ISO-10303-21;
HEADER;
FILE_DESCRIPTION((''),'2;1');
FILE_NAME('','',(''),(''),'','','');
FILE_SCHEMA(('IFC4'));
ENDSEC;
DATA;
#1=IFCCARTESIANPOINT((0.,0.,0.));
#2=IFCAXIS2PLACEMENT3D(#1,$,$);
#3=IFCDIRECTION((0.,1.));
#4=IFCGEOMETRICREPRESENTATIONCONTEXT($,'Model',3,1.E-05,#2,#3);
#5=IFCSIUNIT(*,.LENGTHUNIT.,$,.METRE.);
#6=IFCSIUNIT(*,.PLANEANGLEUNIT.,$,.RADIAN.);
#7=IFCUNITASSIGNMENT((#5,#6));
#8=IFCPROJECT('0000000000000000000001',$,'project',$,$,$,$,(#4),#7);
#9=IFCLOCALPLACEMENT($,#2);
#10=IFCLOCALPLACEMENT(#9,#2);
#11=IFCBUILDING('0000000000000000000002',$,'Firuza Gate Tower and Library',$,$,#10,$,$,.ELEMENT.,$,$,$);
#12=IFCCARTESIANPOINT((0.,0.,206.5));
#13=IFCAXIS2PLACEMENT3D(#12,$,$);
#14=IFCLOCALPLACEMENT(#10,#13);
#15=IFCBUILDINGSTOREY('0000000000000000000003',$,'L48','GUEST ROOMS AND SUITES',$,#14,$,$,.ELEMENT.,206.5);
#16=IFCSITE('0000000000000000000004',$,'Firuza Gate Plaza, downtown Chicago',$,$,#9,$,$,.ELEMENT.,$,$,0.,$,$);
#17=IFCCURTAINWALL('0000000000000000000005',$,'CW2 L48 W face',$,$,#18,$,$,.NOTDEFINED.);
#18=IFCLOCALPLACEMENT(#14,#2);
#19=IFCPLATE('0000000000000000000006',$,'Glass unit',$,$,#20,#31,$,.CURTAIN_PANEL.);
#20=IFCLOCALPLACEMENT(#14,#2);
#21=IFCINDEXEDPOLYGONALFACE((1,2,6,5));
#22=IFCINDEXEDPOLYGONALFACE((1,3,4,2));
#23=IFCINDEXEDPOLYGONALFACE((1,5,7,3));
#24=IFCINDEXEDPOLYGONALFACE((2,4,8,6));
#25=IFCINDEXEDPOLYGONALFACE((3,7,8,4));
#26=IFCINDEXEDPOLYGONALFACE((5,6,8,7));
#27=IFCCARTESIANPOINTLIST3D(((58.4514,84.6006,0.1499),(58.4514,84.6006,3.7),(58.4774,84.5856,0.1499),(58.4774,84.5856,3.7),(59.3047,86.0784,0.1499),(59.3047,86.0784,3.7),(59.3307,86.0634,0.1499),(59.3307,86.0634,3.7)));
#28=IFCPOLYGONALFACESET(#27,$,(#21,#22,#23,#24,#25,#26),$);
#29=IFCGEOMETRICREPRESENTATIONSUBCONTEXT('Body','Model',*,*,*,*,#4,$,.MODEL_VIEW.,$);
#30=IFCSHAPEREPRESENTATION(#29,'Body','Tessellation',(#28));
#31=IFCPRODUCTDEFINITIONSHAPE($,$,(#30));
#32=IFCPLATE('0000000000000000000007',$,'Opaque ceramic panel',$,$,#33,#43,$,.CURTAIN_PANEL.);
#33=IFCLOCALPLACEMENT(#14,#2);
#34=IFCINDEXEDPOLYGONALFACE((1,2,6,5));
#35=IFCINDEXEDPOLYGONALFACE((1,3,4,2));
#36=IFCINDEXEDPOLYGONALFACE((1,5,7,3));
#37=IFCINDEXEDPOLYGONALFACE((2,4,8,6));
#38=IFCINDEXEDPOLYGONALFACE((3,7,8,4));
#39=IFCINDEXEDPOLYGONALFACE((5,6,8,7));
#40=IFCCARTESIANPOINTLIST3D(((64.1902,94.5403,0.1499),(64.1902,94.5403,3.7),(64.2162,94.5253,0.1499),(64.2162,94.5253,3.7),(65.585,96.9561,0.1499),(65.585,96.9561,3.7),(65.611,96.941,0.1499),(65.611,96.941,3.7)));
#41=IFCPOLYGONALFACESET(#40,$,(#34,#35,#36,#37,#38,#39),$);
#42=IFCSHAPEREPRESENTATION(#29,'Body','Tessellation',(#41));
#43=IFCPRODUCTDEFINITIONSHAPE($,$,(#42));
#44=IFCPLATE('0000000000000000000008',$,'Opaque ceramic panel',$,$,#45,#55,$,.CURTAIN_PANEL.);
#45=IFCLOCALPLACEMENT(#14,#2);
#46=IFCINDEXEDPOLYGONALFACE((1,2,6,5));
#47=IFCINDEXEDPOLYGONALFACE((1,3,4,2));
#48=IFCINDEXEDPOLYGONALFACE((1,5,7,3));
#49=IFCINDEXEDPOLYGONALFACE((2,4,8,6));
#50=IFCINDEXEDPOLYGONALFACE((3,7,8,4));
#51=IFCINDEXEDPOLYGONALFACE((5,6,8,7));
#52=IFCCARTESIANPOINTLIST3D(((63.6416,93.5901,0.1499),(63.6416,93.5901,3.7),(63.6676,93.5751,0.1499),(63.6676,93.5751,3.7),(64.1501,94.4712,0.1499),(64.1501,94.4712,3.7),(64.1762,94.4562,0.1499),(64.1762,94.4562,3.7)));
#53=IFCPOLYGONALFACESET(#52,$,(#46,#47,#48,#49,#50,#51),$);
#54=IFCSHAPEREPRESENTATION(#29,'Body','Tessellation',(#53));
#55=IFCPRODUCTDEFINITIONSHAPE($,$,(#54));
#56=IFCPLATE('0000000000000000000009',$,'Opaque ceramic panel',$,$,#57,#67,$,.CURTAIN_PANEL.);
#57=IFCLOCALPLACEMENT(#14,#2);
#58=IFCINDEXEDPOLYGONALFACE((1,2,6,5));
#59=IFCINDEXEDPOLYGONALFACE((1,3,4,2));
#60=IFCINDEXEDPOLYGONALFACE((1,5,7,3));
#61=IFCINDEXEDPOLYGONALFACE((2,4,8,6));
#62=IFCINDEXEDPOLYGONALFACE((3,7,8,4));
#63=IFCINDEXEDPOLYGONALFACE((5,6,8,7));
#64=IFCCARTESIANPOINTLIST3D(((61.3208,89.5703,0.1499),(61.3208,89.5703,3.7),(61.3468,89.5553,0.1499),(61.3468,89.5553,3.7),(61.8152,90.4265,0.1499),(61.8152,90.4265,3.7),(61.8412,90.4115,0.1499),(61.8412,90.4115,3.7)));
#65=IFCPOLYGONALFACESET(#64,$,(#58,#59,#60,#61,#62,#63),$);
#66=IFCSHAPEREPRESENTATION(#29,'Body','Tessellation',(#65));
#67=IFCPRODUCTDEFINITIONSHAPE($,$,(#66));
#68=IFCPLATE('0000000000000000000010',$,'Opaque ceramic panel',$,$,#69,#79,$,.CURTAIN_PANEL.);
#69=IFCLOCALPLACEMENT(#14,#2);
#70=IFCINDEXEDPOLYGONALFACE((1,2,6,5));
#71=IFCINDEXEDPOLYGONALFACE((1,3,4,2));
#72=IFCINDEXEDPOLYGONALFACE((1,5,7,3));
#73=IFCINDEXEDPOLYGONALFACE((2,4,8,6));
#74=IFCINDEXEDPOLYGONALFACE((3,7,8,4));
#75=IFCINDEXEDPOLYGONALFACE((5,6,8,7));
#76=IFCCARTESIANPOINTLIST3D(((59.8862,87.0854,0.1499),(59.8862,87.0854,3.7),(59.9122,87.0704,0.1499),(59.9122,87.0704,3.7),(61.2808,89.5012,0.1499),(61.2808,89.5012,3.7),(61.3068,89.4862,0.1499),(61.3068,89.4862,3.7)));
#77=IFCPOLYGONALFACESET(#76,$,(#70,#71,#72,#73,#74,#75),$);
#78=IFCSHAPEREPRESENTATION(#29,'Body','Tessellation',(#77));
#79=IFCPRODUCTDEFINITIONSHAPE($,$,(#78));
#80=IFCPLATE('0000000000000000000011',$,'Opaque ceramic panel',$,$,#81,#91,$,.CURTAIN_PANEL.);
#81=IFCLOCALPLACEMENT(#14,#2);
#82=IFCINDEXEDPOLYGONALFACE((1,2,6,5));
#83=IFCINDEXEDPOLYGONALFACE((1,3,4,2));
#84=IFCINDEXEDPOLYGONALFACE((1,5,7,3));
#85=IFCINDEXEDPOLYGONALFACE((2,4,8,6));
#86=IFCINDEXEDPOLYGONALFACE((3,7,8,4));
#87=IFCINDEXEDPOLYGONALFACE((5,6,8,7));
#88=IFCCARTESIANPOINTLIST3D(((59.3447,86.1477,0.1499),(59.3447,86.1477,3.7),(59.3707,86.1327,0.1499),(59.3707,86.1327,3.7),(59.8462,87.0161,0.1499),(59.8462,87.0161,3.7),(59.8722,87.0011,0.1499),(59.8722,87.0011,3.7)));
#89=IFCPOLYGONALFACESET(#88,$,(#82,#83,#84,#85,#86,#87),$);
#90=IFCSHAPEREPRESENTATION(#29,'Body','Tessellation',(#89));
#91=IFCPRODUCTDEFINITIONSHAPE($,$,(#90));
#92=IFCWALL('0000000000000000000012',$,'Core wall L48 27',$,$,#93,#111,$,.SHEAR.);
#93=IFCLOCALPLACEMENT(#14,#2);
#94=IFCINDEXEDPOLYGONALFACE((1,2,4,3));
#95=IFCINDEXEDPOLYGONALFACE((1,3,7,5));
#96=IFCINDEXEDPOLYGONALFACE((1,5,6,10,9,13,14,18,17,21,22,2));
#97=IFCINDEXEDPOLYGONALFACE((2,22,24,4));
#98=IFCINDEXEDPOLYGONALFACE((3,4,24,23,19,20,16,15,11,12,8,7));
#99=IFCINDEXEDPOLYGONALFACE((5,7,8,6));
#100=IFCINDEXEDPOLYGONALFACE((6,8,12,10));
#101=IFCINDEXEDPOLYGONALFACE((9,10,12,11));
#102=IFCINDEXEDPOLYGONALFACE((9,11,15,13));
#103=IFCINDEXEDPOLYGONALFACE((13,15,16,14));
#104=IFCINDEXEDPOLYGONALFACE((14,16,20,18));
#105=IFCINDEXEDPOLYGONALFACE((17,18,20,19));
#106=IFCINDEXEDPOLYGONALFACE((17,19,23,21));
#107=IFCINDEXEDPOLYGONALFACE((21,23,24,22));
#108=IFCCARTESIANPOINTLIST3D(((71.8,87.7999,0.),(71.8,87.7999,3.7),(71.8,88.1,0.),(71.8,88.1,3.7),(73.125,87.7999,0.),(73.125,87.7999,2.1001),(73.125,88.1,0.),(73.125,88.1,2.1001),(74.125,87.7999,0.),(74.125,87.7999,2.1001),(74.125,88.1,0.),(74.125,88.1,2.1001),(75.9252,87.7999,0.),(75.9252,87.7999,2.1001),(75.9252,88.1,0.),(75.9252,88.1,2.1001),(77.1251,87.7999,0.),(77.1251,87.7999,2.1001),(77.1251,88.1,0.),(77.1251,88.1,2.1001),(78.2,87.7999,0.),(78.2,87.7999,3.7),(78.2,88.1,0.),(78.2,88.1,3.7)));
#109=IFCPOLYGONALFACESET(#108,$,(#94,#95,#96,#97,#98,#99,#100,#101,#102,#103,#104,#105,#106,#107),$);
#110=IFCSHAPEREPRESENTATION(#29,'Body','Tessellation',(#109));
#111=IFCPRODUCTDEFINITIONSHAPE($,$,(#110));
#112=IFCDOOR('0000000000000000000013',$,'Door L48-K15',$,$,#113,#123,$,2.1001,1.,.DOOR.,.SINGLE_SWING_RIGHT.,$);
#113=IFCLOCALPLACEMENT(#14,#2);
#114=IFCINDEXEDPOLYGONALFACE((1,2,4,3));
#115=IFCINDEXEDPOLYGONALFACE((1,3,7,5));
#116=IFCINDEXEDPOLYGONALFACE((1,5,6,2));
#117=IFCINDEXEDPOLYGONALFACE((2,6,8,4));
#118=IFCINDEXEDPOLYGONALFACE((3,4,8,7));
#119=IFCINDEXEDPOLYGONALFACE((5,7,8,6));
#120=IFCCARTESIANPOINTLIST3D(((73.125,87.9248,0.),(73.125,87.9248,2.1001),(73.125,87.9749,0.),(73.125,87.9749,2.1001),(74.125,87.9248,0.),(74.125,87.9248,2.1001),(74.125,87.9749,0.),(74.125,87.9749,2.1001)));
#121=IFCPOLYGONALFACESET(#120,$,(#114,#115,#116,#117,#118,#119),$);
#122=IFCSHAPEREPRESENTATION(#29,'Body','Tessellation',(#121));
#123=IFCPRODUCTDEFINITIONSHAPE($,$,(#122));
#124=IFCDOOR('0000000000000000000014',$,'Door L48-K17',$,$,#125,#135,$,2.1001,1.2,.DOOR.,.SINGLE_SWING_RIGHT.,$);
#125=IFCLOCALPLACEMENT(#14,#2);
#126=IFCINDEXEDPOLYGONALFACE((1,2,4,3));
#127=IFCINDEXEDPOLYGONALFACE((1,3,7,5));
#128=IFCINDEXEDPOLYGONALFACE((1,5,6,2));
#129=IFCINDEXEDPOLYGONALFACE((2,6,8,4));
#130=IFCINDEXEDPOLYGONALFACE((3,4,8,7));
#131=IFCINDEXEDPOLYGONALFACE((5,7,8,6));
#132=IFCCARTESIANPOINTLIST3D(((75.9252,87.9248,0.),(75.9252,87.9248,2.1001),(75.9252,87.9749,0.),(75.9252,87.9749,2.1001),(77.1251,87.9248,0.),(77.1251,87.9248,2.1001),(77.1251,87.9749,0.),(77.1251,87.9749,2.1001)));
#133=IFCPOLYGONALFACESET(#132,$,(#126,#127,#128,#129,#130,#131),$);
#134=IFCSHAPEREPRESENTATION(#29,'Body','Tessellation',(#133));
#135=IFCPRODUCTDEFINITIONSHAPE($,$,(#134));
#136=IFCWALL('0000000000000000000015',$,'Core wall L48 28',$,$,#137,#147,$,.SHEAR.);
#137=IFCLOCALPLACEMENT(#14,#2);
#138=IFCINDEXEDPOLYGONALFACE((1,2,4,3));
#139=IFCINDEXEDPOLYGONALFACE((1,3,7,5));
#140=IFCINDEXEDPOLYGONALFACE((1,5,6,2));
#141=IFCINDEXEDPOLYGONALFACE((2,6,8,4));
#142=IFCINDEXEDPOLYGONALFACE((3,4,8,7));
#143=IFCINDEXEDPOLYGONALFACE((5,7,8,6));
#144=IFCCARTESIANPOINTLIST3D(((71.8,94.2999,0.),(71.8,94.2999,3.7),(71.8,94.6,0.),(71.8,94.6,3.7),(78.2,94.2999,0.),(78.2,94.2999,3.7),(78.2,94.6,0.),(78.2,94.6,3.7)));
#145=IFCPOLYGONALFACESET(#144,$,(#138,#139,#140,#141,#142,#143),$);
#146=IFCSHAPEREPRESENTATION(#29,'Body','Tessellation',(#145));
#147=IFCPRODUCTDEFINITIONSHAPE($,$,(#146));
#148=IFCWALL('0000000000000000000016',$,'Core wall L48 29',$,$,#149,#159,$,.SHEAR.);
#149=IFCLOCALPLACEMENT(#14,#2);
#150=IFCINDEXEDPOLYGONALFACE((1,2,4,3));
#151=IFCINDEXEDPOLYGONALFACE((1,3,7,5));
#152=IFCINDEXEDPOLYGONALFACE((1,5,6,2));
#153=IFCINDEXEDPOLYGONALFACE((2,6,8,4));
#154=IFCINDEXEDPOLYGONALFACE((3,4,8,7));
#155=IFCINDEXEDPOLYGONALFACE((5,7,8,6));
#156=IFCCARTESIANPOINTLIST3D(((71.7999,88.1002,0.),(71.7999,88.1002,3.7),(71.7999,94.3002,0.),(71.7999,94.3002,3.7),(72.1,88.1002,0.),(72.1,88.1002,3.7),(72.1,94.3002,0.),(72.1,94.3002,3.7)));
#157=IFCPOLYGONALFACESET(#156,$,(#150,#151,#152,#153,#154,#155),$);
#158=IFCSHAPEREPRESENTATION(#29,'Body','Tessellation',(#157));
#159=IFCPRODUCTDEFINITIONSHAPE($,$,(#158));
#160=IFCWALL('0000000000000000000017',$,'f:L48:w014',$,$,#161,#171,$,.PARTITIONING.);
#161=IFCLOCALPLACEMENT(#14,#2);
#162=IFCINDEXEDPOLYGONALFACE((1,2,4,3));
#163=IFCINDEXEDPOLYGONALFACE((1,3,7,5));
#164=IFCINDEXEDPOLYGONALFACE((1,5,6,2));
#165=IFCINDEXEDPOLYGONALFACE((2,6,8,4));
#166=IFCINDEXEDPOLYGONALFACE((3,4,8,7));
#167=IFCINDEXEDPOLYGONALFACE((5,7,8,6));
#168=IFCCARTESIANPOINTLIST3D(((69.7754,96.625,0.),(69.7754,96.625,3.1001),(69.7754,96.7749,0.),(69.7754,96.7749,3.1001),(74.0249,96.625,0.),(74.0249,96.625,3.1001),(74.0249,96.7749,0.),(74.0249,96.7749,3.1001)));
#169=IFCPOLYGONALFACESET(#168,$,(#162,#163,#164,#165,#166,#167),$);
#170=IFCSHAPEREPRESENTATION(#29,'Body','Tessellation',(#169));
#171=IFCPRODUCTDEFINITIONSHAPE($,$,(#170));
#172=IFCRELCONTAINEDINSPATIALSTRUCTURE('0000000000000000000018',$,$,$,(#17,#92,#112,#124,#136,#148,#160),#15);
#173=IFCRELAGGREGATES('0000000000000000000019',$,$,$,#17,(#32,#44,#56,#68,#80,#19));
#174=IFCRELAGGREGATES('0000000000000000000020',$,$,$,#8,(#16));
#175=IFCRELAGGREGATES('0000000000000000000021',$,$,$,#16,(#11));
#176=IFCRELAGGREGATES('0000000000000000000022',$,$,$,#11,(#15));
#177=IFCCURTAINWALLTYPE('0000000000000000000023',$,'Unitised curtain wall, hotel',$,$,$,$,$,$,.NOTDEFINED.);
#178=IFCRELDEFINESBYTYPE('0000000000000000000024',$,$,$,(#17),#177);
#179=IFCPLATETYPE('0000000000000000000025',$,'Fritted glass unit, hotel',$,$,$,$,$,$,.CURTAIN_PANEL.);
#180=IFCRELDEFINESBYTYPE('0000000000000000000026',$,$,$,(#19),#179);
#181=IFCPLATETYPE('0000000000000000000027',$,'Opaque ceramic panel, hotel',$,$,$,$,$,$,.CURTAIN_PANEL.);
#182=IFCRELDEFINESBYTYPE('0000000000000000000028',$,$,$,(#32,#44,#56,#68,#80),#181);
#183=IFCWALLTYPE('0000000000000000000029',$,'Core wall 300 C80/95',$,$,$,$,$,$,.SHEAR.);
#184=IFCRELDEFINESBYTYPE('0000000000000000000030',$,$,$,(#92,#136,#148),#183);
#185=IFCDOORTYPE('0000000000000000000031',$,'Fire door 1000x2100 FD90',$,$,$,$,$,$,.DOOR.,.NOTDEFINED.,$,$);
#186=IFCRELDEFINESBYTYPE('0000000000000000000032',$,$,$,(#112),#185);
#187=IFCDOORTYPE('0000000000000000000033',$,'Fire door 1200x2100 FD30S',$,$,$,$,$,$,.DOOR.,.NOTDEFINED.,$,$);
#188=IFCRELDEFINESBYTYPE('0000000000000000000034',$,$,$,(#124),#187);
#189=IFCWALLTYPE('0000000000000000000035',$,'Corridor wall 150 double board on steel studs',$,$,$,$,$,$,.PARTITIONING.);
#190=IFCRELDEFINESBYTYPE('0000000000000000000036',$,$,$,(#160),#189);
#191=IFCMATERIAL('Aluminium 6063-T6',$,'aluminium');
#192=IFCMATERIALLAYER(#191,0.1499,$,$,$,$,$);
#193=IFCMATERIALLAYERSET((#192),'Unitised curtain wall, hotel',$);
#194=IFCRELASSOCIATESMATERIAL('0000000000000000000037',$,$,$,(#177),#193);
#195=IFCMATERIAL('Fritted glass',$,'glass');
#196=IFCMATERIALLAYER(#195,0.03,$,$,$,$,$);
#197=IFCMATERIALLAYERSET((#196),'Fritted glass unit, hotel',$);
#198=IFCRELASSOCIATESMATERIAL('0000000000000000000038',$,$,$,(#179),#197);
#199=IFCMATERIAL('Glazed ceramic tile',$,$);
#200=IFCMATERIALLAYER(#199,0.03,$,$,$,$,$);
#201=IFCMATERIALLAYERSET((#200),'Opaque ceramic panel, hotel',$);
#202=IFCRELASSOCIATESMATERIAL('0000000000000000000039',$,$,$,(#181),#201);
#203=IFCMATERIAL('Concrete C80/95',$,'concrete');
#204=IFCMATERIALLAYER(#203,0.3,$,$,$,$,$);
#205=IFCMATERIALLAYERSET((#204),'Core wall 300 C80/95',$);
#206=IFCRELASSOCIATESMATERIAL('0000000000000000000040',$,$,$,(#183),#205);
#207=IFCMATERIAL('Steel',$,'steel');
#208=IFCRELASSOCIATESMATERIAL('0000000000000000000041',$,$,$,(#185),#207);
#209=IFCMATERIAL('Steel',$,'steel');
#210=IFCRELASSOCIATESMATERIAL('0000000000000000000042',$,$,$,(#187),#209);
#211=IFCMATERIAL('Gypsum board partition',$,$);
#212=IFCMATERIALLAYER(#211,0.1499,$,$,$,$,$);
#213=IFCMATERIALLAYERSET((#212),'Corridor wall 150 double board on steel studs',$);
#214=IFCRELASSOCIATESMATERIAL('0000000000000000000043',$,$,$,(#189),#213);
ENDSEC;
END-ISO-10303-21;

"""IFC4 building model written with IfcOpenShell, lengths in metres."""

from ifc_helpers import new_model, si_unit, direction, frame, frame_2d, origin, place, context, subcontext, project, spatial, polyline, rectangle, outline, extrude, material, layer, layer_set, type_object, element, fill, aggregate, save


model = new_model("IFC4")

# Units and contexts
model_context = context("Model", 3, precision=1e-05, world=origin(), true_north=direction((0.0, 1.0)))
body_context = subcontext(model_context, "Body", "Model", "MODEL_VIEW")
ifc_project = project(units=[si_unit("LENGTHUNIT", "METRE"), si_unit("PLANEANGLEUNIT", "RADIAN")], contexts=[model_context])

# Site, building, storey
site_placement = place(None, origin())
site = spatial("IfcSite", under=ifc_project, at=site_placement, Name="Firuza Gate Plaza, downtown Chicago", CompositionType="ELEMENT", RefElevation=0.0)
building_placement = place(site_placement, origin())
building = spatial("IfcBuilding", under=site, at=building_placement, Name="Firuza Gate Tower and Library", CompositionType="ELEMENT")
storey_placement = place(building_placement, frame((0.0, 0.0, 206.5)))
storey = spatial("IfcBuildingStorey", under=building, at=storey_placement, Name="L48", Description="GUEST ROOMS AND SUITES", CompositionType="ELEMENT", Elevation=206.5)

# Curtain wall
ifc_material_1 = material(Name="Aluminium 6063-T6", Category="aluminium")
ifc_layer_1 = layer(ifc_material_1, 0.1499)
ifc_layer_set_1 = layer_set([ifc_layer_1], Name="Unitised curtain wall, hotel")
curtain_wall_type = type_object("IfcCurtainWallType", Name="Unitised curtain wall, hotel", PredefinedType="NOTDEFINED", material=ifc_layer_set_1)
placement = place(storey_placement, origin())
curtain_wall = element("IfcCurtainWall", 1, at=placement, inside=storey, type_object=curtain_wall_type, Name="CW2 L48 W face", PredefinedType="NOTDEFINED")

# Plates
ifc_material_2 = material(Name="Fritted glass", Category="glass")
ifc_layer_2 = layer(ifc_material_2, 0.03)
ifc_layer_set_2 = layer_set([ifc_layer_2], Name="Fritted glass unit, hotel")
plate_type_1 = type_object("IfcPlateType", Name="Fritted glass unit, hotel", PredefinedType="CURTAIN_PANEL", material=ifc_layer_set_2)
plate_1_placement = place(storey_placement, frame((59.3047, 86.0784, 0.1499), z_axis=(-0.866007, 0.500032, 0.0), x_axis=(-0.500032, -0.866007, 0.0)))
plate_1 = element("IfcPlate", 2, at=plate_1_placement, type_object=plate_type_1, Name="Glass unit", PredefinedType="CURTAIN_PANEL", context=body_context, shape_type="SweptSolid", body=[
    extrude(outline(polyline([(0.0, 0.0), (1.7064, 0.0), (1.7064, 3.55), (0.0, 3.55), (0.0, 0.0)])), origin(), (0.0, 0.0, -1.0), 0.03),
])
ifc_material_3 = material(Name="Glazed ceramic tile")
ifc_layer_3 = layer(ifc_material_3, 0.03)
ifc_layer_set_3 = layer_set([ifc_layer_3], Name="Opaque ceramic panel, hotel")
plate_type_2 = type_object("IfcPlateType", Name="Opaque ceramic panel, hotel", PredefinedType="CURTAIN_PANEL", material=ifc_layer_set_3)
plate_2_placement = place(storey_placement, frame((65.585, 96.9561, 0.1499), z_axis=(-0.866021, 0.500008, 0.0), x_axis=(-0.500008, -0.866021, 0.0)))
plate_2 = element("IfcPlate", 3, at=plate_2_placement, type_object=plate_type_2, Name="Opaque ceramic panel", PredefinedType="CURTAIN_PANEL", context=body_context, shape_type="SweptSolid", body=[
    extrude(outline(polyline([(0.0, 0.0), (2.7895, 0.0), (2.7895, 3.55), (0.0, 3.55), (0.0, 0.0)])), origin(), (0.0, 0.0, -1.0), 0.03),
])
plate_3_placement = place(storey_placement, frame((64.1501, 94.4712, 0.1499), z_axis=(-0.866094, 0.499882, 0.0), x_axis=(-0.499882, -0.866094, 0.0)))
plate_3 = element("IfcPlate", 4, at=plate_3_placement, type_object=plate_type_2, Name="Opaque ceramic panel", PredefinedType="CURTAIN_PANEL", context=body_context, shape_type="SweptSolid", body=[
    extrude(outline(polyline([(0.0, 0.0), (1.0173, 0.0), (1.0173, 3.55), (0.0, 3.55), (0.0, 0.0)])), origin(), (0.0, 0.0, -1.0), 0.03),
])
plate_4_placement = place(storey_placement, frame((61.8152, 90.4265, 0.1499), z_axis=(-0.866001, 0.500043, 0.0), x_axis=(-0.500043, -0.866001, 0.0)))
plate_4 = element("IfcPlate", 5, at=plate_4_placement, type_object=plate_type_2, Name="Opaque ceramic panel", PredefinedType="CURTAIN_PANEL", context=body_context, shape_type="SweptSolid", body=[
    extrude(outline(polyline([(0.0, 0.0), (0.9887, 0.0), (0.9887, 3.55), (0.0, 3.55), (0.0, 0.0)])), origin(), (0.0, 0.0, -1.0), 0.03),
])
plate_5_placement = place(storey_placement, frame((61.2808, 89.5012, 0.1499), z_axis=(-0.866059, 0.499942, 0.0), x_axis=(-0.499942, -0.866059, 0.0)))
plate_5 = element("IfcPlate", 6, at=plate_5_placement, type_object=plate_type_2, Name="Opaque ceramic panel", PredefinedType="CURTAIN_PANEL", context=body_context, shape_type="SweptSolid", body=[
    extrude(outline(polyline([(0.0, 0.0), (2.7894, 0.0), (2.7894, 3.55), (0.0, 3.55), (0.0, 0.0)])), origin(), (0.0, 0.0, -1.0), 0.03),
])
plate_6_placement = place(storey_placement, frame((59.8462, 87.0161, 0.1499), z_axis=(-0.865987, 0.500067, 0.0), x_axis=(-0.500067, -0.865987, 0.0)))
plate_6 = element("IfcPlate", 7, at=plate_6_placement, type_object=plate_type_2, Name="Opaque ceramic panel", PredefinedType="CURTAIN_PANEL", context=body_context, shape_type="SweptSolid", body=[
    extrude(outline(polyline([(0.0, 0.0), (1.0028, 0.0), (1.0028, 3.55), (0.0, 3.55), (0.0, 0.0)])), origin(), (0.0, 0.0, -1.0), 0.03),
])
aggregate(curtain_wall, [plate_2, plate_3, plate_4, plate_5, plate_6, plate_1])

# Wall, openings, doors
ifc_material_4 = material(Name="Concrete C80/95", Category="concrete")
ifc_layer_4 = layer(ifc_material_4, 0.3)
ifc_layer_set_4 = layer_set([ifc_layer_4], Name="Core wall 300 C80/95")
wall_type_1 = type_object("IfcWallType", Name="Core wall 300 C80/95", PredefinedType="SHEAR", material=ifc_layer_set_4)
wall_1_placement = place(storey_placement, frame((71.8, 87.95, 0.0), z_axis=(0.0, 0.0, 1.0), x_axis=(1.0, 0.0, 0.0)))
wall_1 = element("IfcWall", 8, at=wall_1_placement, inside=storey, type_object=wall_type_1, Name="Core wall L48 27", PredefinedType="SHEAR", context=body_context, shape_type="SweptSolid", body=[
    extrude(rectangle(XDim=6.3999, YDim=0.3, at=frame_2d((3.2, 0.0))), origin(), (0.0, 0.0, 1.0), 3.7),
])
opening_1_placement = place(wall_1_placement, frame((1.325, 0.0, 0.0)))
opening_1 = element("IfcOpeningElement", 9, at=opening_1_placement, cuts=wall_1, PredefinedType="OPENING", context=body_context, shape_type="SweptSolid", body=[
    extrude(rectangle(XDim=1.0, YDim=2.1001, at=frame_2d((0.5, 1.05))), frame((0.0, 0.1602, 0.0), z_axis=(0.0, -1.0, 0.0), x_axis=(1.0, 0.0, 0.0)), (0.0, 0.0, 1.0), 0.3201),
])
opening_2_placement = place(wall_1_placement, frame((4.125, 0.0, 0.0)))
opening_2 = element("IfcOpeningElement", 10, at=opening_2_placement, cuts=wall_1, PredefinedType="OPENING", context=body_context, shape_type="SweptSolid", body=[
    extrude(rectangle(XDim=1.2, YDim=2.1001, at=frame_2d((0.6001, 1.05))), frame((0.0, 0.1602, 0.0), z_axis=(0.0, -1.0, 0.0), x_axis=(1.0, 0.0, 0.0)), (0.0, 0.0, 1.0), 0.3201),
])
ifc_material_5 = material(Name="Steel", Category="steel")
door_type_1 = type_object("IfcDoorType", Name="Fire door 1000x2100 FD90", OperationType="NOTDEFINED", PredefinedType="DOOR", material=ifc_material_5)
door_1_placement = place(opening_1_placement, origin())
door_1 = element("IfcDoor", 11, at=door_1_placement, inside=storey, type_object=door_type_1, Name="Door L48-K15", OperationType="SINGLE_SWING_RIGHT", OverallHeight=2.1001, OverallWidth=1.0, PredefinedType="DOOR", context=body_context, shape_type="SweptSolid", body=[
    extrude(rectangle(XDim=1.0, YDim=2.1001, at=frame_2d((0.5, 1.05))), frame((0.0, 0.0249, 0.0), z_axis=(0.0, -1.0, 0.0), x_axis=(1.0, 0.0, 0.0)), (0.0, 0.0, 1.0), 0.05),
])
fill(opening_1, door_1)
ifc_material_6 = material(Name="Steel", Category="steel")
door_type_2 = type_object("IfcDoorType", Name="Fire door 1200x2100 FD30S", OperationType="NOTDEFINED", PredefinedType="DOOR", material=ifc_material_6)
door_2_placement = place(opening_2_placement, origin())
door_2 = element("IfcDoor", 12, at=door_2_placement, inside=storey, type_object=door_type_2, Name="Door L48-K17", OperationType="SINGLE_SWING_RIGHT", OverallHeight=2.1001, OverallWidth=1.2, PredefinedType="DOOR", context=body_context, shape_type="SweptSolid", body=[
    extrude(rectangle(XDim=1.2, YDim=2.1001, at=frame_2d((0.6001, 1.05))), frame((0.0, 0.0249, 0.0), z_axis=(0.0, -1.0, 0.0), x_axis=(1.0, 0.0, 0.0)), (0.0, 0.0, 1.0), 0.05),
])
fill(opening_2, door_2)

# Walls
wall_2_placement = place(storey_placement, frame((71.8, 94.45, 0.0), z_axis=(0.0, 0.0, 1.0), x_axis=(1.0, 0.0, 0.0)))
element("IfcWall", 13, at=wall_2_placement, inside=storey, type_object=wall_type_1, Name="Core wall L48 28", PredefinedType="SHEAR", context=body_context, shape_type="SweptSolid", body=[
    extrude(rectangle(XDim=6.3999, YDim=0.3, at=frame_2d((3.2, 0.0))), origin(), (0.0, 0.0, 1.0), 3.7),
])
wall_3_placement = place(storey_placement, frame((71.95, 88.1001, 0.0), z_axis=(0.0, 0.0, 1.0), x_axis=(0.0, 1.0, 0.0)))
element("IfcWall", 14, at=wall_3_placement, inside=storey, type_object=wall_type_1, Name="Core wall L48 29", PredefinedType="SHEAR", context=body_context, shape_type="SweptSolid", body=[
    extrude(rectangle(XDim=6.2, YDim=0.3, at=frame_2d((3.1001, 0.0))), origin(), (0.0, 0.0, 1.0), 3.7),
])
ifc_material_7 = material(Name="Gypsum board partition")
ifc_layer_5 = layer(ifc_material_7, 0.1499)
ifc_layer_set_5 = layer_set([ifc_layer_5], Name="Corridor wall 150 double board on steel studs")
wall_type_2 = type_object("IfcWallType", Name="Corridor wall 150 double board on steel studs", PredefinedType="PARTITIONING", material=ifc_layer_set_5)
wall_4_placement = place(storey_placement, frame((69.7754, 96.7, 0.0), z_axis=(0.0, 0.0, 1.0), x_axis=(1.0, 0.0, 0.0)))
element("IfcWall", 15, at=wall_4_placement, inside=storey, type_object=wall_type_2, Name="f:L48:w014", PredefinedType="PARTITIONING", context=body_context, shape_type="SweptSolid", body=[
    extrude(rectangle(XDim=4.2495, YDim=0.1499, at=frame_2d((2.1248, 0.0))), origin(), (0.0, 0.0, 1.0), 3.1001),
])

save(model, "model.ifc")
